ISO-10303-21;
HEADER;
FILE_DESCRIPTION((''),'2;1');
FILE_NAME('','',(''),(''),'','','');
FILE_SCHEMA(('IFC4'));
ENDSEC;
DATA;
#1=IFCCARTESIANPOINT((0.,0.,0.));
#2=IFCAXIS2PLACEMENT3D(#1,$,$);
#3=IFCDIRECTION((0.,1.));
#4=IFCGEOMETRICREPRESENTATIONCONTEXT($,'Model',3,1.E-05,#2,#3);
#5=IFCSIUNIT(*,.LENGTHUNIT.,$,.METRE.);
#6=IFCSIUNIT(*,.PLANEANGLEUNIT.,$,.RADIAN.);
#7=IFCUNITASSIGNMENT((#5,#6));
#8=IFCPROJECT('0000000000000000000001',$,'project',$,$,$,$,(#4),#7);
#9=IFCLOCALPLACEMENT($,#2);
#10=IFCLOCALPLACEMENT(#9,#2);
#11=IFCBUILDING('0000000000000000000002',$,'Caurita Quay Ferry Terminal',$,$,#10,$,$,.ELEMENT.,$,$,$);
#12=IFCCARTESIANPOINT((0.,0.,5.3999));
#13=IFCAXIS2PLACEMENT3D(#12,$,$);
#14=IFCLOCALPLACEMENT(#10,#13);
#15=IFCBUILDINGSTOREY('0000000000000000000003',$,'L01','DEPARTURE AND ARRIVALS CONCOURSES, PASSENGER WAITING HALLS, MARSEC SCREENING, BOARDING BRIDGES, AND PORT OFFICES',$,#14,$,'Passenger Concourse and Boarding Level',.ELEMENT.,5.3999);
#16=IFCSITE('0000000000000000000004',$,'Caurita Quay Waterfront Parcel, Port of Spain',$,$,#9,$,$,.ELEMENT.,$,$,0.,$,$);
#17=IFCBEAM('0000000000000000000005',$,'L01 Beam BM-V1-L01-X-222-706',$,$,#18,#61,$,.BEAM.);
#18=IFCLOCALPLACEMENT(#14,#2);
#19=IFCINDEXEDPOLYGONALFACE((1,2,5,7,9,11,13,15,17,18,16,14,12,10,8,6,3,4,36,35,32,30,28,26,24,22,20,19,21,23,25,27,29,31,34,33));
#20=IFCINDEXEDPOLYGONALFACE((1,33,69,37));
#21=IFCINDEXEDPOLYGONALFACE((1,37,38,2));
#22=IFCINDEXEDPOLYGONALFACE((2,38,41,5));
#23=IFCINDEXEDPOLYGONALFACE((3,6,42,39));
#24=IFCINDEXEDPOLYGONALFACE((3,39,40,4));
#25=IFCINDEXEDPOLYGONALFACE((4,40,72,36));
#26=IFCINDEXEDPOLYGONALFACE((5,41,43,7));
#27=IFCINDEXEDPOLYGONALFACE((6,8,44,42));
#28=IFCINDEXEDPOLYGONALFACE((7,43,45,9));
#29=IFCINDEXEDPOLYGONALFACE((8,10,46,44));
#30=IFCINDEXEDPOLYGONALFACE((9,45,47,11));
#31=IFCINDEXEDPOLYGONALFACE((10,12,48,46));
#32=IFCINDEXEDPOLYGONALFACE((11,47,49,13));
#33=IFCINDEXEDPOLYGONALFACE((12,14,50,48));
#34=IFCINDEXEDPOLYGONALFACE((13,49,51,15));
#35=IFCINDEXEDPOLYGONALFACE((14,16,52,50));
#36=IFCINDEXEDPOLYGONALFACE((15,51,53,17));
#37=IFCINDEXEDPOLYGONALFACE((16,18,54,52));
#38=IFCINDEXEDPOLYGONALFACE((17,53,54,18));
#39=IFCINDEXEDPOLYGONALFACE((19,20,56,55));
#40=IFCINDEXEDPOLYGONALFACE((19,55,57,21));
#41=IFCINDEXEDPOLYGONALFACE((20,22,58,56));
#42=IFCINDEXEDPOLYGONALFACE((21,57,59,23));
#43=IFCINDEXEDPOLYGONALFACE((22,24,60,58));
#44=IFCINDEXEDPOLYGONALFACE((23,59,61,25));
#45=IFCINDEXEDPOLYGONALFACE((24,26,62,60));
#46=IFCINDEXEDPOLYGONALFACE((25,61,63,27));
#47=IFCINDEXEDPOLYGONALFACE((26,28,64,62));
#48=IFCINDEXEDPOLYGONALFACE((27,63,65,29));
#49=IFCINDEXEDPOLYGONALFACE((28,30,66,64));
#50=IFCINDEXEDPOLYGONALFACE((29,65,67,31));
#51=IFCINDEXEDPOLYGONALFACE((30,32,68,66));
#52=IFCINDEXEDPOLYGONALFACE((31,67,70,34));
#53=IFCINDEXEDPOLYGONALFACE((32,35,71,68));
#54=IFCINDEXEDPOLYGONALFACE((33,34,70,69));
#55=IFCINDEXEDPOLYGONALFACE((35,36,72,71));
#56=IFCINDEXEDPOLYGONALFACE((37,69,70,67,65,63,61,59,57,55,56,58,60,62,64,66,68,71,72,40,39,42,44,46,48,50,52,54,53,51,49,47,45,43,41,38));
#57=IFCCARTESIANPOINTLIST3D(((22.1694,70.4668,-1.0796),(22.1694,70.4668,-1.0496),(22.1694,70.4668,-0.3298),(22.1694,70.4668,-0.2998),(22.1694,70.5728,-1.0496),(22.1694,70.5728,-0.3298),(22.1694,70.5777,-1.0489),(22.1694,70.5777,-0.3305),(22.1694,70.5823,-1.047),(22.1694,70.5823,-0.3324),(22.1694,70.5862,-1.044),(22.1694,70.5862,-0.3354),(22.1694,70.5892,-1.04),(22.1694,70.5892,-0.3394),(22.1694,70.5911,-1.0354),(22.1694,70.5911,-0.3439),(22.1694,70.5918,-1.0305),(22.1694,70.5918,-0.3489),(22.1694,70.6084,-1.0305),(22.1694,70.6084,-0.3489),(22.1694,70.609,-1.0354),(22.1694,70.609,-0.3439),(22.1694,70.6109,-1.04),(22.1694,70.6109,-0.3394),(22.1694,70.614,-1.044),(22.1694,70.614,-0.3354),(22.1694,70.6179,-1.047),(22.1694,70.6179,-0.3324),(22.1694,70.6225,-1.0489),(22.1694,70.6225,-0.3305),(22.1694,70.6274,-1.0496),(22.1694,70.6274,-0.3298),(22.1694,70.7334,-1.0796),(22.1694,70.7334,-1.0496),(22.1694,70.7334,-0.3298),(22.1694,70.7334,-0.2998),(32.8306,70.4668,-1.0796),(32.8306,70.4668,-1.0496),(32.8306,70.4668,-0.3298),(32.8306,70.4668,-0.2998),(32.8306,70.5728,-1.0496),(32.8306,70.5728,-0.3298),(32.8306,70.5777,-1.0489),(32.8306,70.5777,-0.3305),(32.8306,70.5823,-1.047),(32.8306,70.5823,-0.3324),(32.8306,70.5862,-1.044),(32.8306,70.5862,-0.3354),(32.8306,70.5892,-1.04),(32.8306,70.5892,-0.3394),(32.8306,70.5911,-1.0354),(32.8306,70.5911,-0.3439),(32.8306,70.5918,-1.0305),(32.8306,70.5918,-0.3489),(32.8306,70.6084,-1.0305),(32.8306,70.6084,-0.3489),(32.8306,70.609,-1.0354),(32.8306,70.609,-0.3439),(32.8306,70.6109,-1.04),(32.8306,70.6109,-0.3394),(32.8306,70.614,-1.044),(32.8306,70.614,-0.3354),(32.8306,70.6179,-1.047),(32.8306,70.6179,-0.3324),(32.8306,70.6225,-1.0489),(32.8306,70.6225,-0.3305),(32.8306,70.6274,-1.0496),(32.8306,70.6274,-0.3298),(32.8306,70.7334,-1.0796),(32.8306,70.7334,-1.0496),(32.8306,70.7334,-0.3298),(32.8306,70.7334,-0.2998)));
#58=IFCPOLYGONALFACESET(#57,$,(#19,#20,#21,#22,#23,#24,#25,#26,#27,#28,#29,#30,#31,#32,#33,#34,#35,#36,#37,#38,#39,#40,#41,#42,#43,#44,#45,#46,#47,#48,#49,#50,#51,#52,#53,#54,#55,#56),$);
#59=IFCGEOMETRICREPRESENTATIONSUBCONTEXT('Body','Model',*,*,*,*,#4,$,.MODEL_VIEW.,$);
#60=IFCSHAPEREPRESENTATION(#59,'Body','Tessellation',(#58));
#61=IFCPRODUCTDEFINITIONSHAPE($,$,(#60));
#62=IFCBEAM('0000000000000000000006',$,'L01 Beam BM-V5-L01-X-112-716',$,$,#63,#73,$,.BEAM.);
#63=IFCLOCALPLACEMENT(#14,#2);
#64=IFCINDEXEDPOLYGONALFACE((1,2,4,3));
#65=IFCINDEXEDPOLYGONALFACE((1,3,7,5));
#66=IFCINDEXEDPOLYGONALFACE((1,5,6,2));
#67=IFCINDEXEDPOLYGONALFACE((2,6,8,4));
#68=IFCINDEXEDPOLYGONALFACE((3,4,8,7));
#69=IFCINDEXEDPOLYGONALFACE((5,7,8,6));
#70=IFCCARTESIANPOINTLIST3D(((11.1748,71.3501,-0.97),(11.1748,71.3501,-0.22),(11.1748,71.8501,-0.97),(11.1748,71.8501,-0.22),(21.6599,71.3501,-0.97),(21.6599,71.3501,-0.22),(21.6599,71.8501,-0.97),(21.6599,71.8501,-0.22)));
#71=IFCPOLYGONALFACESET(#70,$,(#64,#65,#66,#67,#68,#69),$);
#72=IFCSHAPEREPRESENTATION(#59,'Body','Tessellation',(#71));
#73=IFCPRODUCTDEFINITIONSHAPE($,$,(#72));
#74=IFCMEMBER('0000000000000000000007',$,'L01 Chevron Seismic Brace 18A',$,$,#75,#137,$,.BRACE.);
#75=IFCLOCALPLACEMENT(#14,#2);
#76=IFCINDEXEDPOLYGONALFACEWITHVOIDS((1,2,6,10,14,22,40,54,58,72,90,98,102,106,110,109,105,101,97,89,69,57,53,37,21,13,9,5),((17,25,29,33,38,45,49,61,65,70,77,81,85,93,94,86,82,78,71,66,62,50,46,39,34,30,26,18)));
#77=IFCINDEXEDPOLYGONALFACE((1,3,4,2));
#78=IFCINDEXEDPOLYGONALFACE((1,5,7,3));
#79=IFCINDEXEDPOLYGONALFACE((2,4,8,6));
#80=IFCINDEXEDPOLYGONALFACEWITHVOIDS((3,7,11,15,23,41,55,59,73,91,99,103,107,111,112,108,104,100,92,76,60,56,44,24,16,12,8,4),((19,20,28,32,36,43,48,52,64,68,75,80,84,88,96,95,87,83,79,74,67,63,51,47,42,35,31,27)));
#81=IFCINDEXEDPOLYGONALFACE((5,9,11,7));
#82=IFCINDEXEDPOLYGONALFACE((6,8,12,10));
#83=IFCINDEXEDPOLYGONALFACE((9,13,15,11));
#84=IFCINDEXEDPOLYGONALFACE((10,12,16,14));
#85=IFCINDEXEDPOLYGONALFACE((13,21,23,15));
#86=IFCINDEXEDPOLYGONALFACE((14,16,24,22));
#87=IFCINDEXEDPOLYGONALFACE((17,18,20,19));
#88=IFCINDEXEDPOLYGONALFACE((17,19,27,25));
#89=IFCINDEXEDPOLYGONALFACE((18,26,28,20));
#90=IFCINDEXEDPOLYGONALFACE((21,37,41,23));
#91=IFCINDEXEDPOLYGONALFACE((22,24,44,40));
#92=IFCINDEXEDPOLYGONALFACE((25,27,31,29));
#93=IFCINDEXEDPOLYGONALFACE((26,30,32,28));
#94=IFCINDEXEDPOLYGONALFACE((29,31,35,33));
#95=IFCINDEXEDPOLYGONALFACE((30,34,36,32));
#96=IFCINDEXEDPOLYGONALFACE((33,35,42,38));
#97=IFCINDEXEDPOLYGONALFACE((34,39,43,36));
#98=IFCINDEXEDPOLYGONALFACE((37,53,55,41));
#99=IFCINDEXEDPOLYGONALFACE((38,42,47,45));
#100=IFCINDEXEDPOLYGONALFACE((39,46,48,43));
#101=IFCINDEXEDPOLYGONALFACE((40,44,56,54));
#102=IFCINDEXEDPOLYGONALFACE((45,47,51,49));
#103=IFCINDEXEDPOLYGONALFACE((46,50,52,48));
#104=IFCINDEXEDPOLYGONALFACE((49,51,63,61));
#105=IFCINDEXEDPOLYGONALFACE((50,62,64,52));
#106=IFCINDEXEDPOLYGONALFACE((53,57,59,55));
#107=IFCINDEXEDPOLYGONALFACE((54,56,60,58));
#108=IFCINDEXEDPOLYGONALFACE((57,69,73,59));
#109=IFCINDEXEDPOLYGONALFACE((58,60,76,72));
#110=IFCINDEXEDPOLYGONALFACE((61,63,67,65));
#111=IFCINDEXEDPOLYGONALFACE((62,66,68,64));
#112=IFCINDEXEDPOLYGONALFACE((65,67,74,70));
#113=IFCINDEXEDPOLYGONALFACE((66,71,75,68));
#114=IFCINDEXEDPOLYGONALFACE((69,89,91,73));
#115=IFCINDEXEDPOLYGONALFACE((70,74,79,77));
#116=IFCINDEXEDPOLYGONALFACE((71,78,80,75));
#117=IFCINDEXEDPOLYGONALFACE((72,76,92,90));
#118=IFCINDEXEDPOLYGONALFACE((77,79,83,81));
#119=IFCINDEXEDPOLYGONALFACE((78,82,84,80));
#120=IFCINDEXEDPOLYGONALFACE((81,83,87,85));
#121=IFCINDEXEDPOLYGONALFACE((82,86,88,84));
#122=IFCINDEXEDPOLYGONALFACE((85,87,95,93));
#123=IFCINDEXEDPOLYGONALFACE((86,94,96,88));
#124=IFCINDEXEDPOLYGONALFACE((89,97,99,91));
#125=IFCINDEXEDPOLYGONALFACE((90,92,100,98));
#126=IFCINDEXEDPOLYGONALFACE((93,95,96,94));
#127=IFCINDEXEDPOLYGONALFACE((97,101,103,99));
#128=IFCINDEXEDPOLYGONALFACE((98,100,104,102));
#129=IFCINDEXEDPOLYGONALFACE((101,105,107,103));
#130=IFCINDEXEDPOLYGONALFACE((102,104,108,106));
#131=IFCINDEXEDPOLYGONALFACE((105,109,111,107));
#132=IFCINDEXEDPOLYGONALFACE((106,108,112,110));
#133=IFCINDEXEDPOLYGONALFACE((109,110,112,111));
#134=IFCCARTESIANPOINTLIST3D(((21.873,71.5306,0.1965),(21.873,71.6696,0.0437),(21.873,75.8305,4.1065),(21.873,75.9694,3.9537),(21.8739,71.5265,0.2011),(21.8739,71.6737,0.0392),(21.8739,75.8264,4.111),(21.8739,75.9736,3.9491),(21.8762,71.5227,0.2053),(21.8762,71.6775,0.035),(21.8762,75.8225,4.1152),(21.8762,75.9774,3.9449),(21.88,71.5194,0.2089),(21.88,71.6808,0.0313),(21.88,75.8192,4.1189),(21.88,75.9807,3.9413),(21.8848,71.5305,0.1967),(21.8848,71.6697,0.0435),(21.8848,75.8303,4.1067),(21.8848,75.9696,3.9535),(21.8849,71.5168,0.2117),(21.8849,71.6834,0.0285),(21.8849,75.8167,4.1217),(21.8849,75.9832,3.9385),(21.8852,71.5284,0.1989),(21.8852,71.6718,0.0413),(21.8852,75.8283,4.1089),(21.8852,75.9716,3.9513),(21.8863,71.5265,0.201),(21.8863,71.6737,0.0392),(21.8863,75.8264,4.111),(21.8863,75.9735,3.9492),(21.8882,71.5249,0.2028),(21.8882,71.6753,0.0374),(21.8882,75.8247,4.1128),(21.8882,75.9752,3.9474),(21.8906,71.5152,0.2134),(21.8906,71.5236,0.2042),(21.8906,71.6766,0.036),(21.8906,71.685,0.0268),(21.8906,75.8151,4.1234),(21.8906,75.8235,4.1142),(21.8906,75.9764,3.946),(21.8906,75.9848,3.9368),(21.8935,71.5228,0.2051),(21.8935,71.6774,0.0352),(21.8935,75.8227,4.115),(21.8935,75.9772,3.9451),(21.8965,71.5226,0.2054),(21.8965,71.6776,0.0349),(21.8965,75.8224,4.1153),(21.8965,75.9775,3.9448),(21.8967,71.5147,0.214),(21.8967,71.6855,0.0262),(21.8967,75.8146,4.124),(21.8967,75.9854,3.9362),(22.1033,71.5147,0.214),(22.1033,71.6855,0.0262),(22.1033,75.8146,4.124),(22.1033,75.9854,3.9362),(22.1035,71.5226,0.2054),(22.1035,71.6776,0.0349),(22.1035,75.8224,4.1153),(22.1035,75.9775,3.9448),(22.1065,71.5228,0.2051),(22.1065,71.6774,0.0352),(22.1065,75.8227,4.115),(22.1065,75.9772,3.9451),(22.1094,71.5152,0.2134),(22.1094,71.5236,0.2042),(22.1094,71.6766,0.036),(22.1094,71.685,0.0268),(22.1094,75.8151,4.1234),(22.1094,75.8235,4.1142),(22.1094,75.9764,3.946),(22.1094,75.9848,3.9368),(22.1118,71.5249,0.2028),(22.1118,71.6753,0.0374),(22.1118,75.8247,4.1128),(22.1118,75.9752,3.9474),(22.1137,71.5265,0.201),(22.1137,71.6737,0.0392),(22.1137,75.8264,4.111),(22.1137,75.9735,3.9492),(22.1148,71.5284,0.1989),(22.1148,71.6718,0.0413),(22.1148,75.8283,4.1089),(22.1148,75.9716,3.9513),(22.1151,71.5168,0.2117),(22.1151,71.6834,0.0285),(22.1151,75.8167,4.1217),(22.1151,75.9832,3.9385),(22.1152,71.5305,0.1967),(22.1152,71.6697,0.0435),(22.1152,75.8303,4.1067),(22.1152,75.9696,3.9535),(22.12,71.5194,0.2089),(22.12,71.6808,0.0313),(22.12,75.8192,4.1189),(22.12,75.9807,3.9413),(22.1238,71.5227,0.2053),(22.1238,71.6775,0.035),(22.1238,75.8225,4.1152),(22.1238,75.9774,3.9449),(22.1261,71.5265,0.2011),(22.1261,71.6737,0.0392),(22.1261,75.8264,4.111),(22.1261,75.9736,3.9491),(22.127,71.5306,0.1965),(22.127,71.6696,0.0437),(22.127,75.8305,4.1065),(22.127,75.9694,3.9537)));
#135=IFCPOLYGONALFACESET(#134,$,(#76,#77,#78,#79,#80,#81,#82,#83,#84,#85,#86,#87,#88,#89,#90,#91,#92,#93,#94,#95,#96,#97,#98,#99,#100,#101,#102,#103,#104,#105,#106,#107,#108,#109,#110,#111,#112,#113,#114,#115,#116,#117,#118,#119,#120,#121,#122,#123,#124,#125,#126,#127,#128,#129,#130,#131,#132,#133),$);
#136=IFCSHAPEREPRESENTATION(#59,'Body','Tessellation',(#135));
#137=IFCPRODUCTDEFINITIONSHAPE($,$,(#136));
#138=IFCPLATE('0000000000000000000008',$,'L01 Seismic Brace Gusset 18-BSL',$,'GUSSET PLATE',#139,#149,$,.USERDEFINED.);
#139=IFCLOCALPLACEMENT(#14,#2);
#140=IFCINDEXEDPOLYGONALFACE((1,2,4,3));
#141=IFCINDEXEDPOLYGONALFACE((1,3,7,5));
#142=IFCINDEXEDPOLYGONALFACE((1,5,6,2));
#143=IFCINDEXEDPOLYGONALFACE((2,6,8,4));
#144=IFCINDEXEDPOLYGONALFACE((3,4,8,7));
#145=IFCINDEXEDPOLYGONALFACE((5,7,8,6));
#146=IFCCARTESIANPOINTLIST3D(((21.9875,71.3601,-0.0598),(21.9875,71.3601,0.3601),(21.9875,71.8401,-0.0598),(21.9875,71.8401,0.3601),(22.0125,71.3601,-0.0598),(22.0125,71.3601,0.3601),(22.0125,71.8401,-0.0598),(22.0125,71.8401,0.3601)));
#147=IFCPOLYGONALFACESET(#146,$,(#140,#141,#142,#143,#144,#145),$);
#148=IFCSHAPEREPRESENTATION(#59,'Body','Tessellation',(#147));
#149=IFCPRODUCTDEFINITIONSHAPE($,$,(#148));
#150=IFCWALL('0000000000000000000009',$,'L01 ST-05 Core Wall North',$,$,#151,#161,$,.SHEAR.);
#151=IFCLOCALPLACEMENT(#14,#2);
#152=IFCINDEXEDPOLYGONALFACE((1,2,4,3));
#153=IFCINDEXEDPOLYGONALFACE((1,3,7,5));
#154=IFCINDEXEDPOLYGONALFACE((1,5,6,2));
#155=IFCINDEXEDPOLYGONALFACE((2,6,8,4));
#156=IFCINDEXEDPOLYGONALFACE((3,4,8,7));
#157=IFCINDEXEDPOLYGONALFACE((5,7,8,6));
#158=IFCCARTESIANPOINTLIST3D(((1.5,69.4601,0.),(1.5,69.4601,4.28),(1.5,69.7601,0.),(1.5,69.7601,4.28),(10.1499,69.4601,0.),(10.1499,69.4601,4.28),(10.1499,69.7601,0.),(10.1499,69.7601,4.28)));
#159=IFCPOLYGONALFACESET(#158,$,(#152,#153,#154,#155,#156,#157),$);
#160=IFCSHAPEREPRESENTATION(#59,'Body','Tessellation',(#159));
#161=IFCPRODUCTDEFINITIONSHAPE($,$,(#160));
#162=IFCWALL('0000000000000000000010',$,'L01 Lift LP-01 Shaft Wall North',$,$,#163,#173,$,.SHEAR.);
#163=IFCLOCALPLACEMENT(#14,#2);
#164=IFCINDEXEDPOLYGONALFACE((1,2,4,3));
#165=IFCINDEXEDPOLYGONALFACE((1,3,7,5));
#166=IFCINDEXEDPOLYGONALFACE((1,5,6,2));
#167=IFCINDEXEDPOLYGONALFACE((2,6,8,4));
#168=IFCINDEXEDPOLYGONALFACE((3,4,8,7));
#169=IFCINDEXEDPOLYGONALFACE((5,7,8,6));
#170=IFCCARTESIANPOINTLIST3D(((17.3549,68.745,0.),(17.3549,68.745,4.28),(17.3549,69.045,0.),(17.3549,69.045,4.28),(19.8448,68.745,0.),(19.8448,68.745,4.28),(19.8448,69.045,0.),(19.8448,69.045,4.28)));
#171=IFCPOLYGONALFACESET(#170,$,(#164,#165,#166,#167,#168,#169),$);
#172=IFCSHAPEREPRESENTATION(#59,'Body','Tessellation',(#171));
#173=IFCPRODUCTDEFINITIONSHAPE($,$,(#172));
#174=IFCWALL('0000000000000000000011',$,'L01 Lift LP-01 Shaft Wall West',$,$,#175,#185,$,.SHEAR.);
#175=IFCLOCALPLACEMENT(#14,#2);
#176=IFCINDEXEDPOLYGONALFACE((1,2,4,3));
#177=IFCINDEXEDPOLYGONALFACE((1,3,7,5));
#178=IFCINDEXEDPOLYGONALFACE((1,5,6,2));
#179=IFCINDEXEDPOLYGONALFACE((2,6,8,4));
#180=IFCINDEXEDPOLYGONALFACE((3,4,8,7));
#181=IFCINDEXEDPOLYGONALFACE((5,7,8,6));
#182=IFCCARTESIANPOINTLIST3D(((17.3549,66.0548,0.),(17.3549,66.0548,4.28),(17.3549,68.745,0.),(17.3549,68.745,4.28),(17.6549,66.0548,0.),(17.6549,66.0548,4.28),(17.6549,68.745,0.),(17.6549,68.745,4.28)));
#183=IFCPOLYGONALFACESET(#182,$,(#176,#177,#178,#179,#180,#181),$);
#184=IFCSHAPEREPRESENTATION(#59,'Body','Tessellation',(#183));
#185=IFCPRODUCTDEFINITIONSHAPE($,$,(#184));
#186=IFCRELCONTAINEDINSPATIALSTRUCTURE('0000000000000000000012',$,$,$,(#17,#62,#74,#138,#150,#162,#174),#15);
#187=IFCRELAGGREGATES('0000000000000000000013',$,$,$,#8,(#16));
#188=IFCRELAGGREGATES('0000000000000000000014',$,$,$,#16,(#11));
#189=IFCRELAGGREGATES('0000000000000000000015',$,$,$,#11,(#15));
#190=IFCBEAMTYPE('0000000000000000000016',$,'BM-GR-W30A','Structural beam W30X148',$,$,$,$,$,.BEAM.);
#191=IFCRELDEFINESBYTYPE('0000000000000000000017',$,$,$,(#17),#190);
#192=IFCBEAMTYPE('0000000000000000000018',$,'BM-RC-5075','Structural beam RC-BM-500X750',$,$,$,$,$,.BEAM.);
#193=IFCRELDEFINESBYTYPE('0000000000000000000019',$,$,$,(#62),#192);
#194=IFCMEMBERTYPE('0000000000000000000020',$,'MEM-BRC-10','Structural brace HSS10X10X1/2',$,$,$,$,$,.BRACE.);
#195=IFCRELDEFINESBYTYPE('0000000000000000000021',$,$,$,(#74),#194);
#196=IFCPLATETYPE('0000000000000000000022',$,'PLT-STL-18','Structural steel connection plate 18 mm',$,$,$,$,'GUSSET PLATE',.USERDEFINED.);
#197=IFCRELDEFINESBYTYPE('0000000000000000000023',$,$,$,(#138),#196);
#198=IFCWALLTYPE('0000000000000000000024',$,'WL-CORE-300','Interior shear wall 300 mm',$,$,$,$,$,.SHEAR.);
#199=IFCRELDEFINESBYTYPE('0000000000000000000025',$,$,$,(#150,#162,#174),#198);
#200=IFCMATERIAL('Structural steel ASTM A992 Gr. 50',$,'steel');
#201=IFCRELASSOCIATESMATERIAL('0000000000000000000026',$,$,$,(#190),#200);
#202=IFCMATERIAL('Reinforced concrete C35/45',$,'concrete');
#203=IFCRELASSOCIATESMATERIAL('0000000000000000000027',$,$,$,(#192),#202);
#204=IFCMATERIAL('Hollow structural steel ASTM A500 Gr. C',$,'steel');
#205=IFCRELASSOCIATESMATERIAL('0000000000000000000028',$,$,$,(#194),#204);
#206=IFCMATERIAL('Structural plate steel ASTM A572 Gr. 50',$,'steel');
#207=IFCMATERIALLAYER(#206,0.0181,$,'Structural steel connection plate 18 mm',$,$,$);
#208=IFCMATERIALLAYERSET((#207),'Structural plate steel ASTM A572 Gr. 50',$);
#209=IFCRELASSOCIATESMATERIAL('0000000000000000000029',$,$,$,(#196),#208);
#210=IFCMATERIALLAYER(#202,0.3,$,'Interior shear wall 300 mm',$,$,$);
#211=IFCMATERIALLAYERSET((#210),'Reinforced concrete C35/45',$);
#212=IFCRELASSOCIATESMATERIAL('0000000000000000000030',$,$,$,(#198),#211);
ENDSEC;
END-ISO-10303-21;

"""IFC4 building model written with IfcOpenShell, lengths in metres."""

from ifc_helpers import new_model, si_unit, direction, frame, frame_2d, origin, origin_2d, place, context, subcontext, project, spatial, rectangle, hollow_rectangle, i_section, extrude, material, layer, layer_set, material_profile, profile_set, type_object, element, save


model = new_model("IFC4")

# Units and contexts
model_context = context("Model", 3, precision=1e-05, world=origin(), true_north=direction((0.0, 1.0)))
body_context = subcontext(model_context, "Body", "Model", "MODEL_VIEW")
ifc_project = project(units=[si_unit("LENGTHUNIT", "METRE"), si_unit("PLANEANGLEUNIT", "RADIAN")], contexts=[model_context])

# Site, building, storey
site_placement = place(None, origin())
site = spatial("IfcSite", under=ifc_project, at=site_placement, Name="Caurita Quay Waterfront Parcel, Port of Spain", CompositionType="ELEMENT", RefElevation=0.0)
building_placement = place(site_placement, origin())
building = spatial("IfcBuilding", under=site, at=building_placement, Name="Caurita Quay Ferry Terminal", CompositionType="ELEMENT")
storey_placement = place(building_placement, frame((0.0, 0.0, 5.3999)))
storey = spatial("IfcBuildingStorey", under=building, at=storey_placement, Name="L01", Description="DEPARTURE AND ARRIVALS CONCOURSES, PASSENGER WAITING HALLS, MARSEC SCREENING, BOARDING BRIDGES, AND PORT OFFICES", LongName="Passenger Concourse and Boarding Level", CompositionType="ELEMENT", Elevation=5.3999)

# Shared definitions
ifc_material_1 = material(Name="Reinforced concrete C35/45", Category="concrete")
ifc_material_2 = material(Name="Structural steel ASTM A992 Gr. 50", Category="steel")

# Beams
ifc_material_profile_1 = material_profile(ifc_material_2, i_section(OverallWidth=0.2666, OverallDepth=0.7798, WebThickness=0.0166, FlangeThickness=0.03, FilletRadius=0.019, at=origin_2d()), Name="W30X148")
ifc_profile_set_1 = profile_set([ifc_material_profile_1], Name="Structural steel ASTM A992 Gr. 50")
beam_type_1 = type_object("IfcBeamType", Name="BM-GR-W30A", Description="Structural beam W30X148", PredefinedType="BEAM", material=ifc_profile_set_1)
for number, where, z_axis, x_axis, name in (
    (1, (22.1694, 70.6001, -0.6897), (1.0, 0.0, 0.0), (0.0, 1.0, 0.0), "L01 Beam BM-V1-L01-X-222-706"),
):
    element("IfcBeam", number, at=place(storey_placement, frame(where, z_axis=z_axis, x_axis=x_axis)), inside=storey, type_object=beam_type_1, Name=name, PredefinedType="BEAM", context=body_context, shape_type="SweptSolid", body=[
        extrude(i_section(OverallWidth=0.2666, OverallDepth=0.7798, WebThickness=0.0166, FlangeThickness=0.03, FilletRadius=0.019, at=origin_2d()), origin(), (0.0, 0.0, 1.0), 10.6611),
    ])
ifc_material_profile_2 = material_profile(ifc_material_1, rectangle(XDim=0.5, YDim=0.75, at=origin_2d()), Name="RC-BM-500X750")
ifc_profile_set_2 = profile_set([ifc_material_profile_2], Name="Reinforced concrete C35/45")
beam_type_2 = type_object("IfcBeamType", Name="BM-RC-5075", Description="Structural beam RC-BM-500X750", PredefinedType="BEAM", material=ifc_profile_set_2)
beam_placement = place(storey_placement, frame((11.1748, 71.6001, -0.595), z_axis=(1.0, 0.0, 0.0), x_axis=(0.0, 1.0, 0.0)))
element("IfcBeam", 2, at=beam_placement, inside=storey, type_object=beam_type_2, Name="L01 Beam BM-V5-L01-X-112-716", PredefinedType="BEAM", context=body_context, shape_type="SweptSolid", body=[
    extrude(rectangle(XDim=0.5, YDim=0.75, at=origin_2d()), origin(), (0.0, 0.0, 1.0), 10.4851),
])

# Member
ifc_material_3 = material(Name="Hollow structural steel ASTM A500 Gr. C", Category="steel")
ifc_material_profile_3 = material_profile(ifc_material_3, hollow_rectangle(XDim=0.2539, YDim=0.2539, WallThickness=0.0117, InnerFilletRadius=0.0117, OuterFilletRadius=0.0237, at=origin_2d()), Name="HSS10X10X1/2")
ifc_profile_set_3 = profile_set([ifc_material_profile_3], Name="Hollow structural steel ASTM A500 Gr. C")
member_type = type_object("IfcMemberType", Name="MEM-BRC-10", Description="Structural brace HSS10X10X1/2", PredefinedType="BRACE", material=ifc_profile_set_3)
member_placement = place(storey_placement, frame((22.0, 71.6001, 0.1201), z_axis=(0.0, 0.739855, 0.672767), x_axis=(-1.0, 0.0, 0.0)))
element("IfcMember", 3, at=member_placement, inside=storey, type_object=member_type, Name="L01 Chevron Seismic Brace 18A", PredefinedType="BRACE", context=body_context, shape_type="SweptSolid", body=[
    extrude(hollow_rectangle(XDim=0.2539, YDim=0.2539, WallThickness=0.0117, InnerFilletRadius=0.0117, OuterFilletRadius=0.0237, at=origin_2d()), origin(), (0.0, 0.0, 1.0), 5.8118),
])

# Plate
ifc_material_4 = material(Name="Structural plate steel ASTM A572 Gr. 50", Category="steel")
ifc_layer_1 = layer(ifc_material_4, 0.0181, Name="Structural steel connection plate 18 mm")
ifc_layer_set_1 = layer_set([ifc_layer_1], Name="Structural plate steel ASTM A572 Gr. 50")
plate_type = type_object("IfcPlateType", Name="PLT-STL-18", Description="Structural steel connection plate 18 mm", ElementType="GUSSET PLATE", PredefinedType="USERDEFINED", material=ifc_layer_set_1)
plate_placement = place(storey_placement, frame((22.0, 71.6001, -0.0598), z_axis=(0.0, 0.0, 1.0), x_axis=(0.0, 1.0, 0.0)))
element("IfcPlate", 4, at=plate_placement, inside=storey, type_object=plate_type, Name="L01 Seismic Brace Gusset 18-BSL", ObjectType="GUSSET PLATE", PredefinedType="USERDEFINED", context=body_context, shape_type="SweptSolid", body=[
    extrude(rectangle(XDim=0.48, YDim=0.0249, at=origin_2d()), origin(), (0.0, 0.0, 1.0), 0.4199),
])

# Walls
ifc_layer_2 = layer(ifc_material_1, 0.3, Name="Interior shear wall 300 mm")
ifc_layer_set_2 = layer_set([ifc_layer_2], Name="Reinforced concrete C35/45")
wall_type_1 = type_object("IfcWallType", Name="WL-CORE-300", Description="Interior shear wall 300 mm", PredefinedType="SHEAR", material=ifc_layer_set_2)
wall_1_placement = place(storey_placement, frame((10.1499, 69.6101, 0.0), z_axis=(0.0, 0.0, 1.0), x_axis=(-1.0, 0.0, 0.0)))
element("IfcWall", 5, at=wall_1_placement, inside=storey, type_object=wall_type_1, Name="L01 ST-05 Core Wall North", PredefinedType="SHEAR", context=body_context, shape_type="SweptSolid", body=[
    extrude(rectangle(XDim=8.6499, YDim=0.3, at=frame_2d((4.325, 0.0))), origin(), (0.0, 0.0, 1.0), 4.28),
])
wall_2_placement = place(storey_placement, frame((19.845, 68.895, 0.0), z_axis=(0.0, 0.0, 1.0), x_axis=(-1.0, 0.0, 0.0)))
element("IfcWall", 6, at=wall_2_placement, inside=storey, type_object=wall_type_1, Name="L01 Lift LP-01 Shaft Wall North", PredefinedType="SHEAR", context=body_context, shape_type="SweptSolid", body=[
    extrude(rectangle(XDim=2.49, YDim=0.3, at=frame_2d((1.2451, 0.0))), origin(), (0.0, 0.0, 1.0), 4.28),
])
wall_3_placement = place(storey_placement, frame((17.5049, 68.7451, 0.0), z_axis=(0.0, 0.0, 1.0), x_axis=(0.0, -1.0, 0.0)))
element("IfcWall", 7, at=wall_3_placement, inside=storey, type_object=wall_type_1, Name="L01 Lift LP-01 Shaft Wall West", PredefinedType="SHEAR", context=body_context, shape_type="SweptSolid", body=[
    extrude(rectangle(XDim=2.6902, YDim=0.3, at=frame_2d((1.3452, 0.0))), origin(), (0.0, 0.0, 1.0), 4.28),
])

save(model, "model.ifc")
